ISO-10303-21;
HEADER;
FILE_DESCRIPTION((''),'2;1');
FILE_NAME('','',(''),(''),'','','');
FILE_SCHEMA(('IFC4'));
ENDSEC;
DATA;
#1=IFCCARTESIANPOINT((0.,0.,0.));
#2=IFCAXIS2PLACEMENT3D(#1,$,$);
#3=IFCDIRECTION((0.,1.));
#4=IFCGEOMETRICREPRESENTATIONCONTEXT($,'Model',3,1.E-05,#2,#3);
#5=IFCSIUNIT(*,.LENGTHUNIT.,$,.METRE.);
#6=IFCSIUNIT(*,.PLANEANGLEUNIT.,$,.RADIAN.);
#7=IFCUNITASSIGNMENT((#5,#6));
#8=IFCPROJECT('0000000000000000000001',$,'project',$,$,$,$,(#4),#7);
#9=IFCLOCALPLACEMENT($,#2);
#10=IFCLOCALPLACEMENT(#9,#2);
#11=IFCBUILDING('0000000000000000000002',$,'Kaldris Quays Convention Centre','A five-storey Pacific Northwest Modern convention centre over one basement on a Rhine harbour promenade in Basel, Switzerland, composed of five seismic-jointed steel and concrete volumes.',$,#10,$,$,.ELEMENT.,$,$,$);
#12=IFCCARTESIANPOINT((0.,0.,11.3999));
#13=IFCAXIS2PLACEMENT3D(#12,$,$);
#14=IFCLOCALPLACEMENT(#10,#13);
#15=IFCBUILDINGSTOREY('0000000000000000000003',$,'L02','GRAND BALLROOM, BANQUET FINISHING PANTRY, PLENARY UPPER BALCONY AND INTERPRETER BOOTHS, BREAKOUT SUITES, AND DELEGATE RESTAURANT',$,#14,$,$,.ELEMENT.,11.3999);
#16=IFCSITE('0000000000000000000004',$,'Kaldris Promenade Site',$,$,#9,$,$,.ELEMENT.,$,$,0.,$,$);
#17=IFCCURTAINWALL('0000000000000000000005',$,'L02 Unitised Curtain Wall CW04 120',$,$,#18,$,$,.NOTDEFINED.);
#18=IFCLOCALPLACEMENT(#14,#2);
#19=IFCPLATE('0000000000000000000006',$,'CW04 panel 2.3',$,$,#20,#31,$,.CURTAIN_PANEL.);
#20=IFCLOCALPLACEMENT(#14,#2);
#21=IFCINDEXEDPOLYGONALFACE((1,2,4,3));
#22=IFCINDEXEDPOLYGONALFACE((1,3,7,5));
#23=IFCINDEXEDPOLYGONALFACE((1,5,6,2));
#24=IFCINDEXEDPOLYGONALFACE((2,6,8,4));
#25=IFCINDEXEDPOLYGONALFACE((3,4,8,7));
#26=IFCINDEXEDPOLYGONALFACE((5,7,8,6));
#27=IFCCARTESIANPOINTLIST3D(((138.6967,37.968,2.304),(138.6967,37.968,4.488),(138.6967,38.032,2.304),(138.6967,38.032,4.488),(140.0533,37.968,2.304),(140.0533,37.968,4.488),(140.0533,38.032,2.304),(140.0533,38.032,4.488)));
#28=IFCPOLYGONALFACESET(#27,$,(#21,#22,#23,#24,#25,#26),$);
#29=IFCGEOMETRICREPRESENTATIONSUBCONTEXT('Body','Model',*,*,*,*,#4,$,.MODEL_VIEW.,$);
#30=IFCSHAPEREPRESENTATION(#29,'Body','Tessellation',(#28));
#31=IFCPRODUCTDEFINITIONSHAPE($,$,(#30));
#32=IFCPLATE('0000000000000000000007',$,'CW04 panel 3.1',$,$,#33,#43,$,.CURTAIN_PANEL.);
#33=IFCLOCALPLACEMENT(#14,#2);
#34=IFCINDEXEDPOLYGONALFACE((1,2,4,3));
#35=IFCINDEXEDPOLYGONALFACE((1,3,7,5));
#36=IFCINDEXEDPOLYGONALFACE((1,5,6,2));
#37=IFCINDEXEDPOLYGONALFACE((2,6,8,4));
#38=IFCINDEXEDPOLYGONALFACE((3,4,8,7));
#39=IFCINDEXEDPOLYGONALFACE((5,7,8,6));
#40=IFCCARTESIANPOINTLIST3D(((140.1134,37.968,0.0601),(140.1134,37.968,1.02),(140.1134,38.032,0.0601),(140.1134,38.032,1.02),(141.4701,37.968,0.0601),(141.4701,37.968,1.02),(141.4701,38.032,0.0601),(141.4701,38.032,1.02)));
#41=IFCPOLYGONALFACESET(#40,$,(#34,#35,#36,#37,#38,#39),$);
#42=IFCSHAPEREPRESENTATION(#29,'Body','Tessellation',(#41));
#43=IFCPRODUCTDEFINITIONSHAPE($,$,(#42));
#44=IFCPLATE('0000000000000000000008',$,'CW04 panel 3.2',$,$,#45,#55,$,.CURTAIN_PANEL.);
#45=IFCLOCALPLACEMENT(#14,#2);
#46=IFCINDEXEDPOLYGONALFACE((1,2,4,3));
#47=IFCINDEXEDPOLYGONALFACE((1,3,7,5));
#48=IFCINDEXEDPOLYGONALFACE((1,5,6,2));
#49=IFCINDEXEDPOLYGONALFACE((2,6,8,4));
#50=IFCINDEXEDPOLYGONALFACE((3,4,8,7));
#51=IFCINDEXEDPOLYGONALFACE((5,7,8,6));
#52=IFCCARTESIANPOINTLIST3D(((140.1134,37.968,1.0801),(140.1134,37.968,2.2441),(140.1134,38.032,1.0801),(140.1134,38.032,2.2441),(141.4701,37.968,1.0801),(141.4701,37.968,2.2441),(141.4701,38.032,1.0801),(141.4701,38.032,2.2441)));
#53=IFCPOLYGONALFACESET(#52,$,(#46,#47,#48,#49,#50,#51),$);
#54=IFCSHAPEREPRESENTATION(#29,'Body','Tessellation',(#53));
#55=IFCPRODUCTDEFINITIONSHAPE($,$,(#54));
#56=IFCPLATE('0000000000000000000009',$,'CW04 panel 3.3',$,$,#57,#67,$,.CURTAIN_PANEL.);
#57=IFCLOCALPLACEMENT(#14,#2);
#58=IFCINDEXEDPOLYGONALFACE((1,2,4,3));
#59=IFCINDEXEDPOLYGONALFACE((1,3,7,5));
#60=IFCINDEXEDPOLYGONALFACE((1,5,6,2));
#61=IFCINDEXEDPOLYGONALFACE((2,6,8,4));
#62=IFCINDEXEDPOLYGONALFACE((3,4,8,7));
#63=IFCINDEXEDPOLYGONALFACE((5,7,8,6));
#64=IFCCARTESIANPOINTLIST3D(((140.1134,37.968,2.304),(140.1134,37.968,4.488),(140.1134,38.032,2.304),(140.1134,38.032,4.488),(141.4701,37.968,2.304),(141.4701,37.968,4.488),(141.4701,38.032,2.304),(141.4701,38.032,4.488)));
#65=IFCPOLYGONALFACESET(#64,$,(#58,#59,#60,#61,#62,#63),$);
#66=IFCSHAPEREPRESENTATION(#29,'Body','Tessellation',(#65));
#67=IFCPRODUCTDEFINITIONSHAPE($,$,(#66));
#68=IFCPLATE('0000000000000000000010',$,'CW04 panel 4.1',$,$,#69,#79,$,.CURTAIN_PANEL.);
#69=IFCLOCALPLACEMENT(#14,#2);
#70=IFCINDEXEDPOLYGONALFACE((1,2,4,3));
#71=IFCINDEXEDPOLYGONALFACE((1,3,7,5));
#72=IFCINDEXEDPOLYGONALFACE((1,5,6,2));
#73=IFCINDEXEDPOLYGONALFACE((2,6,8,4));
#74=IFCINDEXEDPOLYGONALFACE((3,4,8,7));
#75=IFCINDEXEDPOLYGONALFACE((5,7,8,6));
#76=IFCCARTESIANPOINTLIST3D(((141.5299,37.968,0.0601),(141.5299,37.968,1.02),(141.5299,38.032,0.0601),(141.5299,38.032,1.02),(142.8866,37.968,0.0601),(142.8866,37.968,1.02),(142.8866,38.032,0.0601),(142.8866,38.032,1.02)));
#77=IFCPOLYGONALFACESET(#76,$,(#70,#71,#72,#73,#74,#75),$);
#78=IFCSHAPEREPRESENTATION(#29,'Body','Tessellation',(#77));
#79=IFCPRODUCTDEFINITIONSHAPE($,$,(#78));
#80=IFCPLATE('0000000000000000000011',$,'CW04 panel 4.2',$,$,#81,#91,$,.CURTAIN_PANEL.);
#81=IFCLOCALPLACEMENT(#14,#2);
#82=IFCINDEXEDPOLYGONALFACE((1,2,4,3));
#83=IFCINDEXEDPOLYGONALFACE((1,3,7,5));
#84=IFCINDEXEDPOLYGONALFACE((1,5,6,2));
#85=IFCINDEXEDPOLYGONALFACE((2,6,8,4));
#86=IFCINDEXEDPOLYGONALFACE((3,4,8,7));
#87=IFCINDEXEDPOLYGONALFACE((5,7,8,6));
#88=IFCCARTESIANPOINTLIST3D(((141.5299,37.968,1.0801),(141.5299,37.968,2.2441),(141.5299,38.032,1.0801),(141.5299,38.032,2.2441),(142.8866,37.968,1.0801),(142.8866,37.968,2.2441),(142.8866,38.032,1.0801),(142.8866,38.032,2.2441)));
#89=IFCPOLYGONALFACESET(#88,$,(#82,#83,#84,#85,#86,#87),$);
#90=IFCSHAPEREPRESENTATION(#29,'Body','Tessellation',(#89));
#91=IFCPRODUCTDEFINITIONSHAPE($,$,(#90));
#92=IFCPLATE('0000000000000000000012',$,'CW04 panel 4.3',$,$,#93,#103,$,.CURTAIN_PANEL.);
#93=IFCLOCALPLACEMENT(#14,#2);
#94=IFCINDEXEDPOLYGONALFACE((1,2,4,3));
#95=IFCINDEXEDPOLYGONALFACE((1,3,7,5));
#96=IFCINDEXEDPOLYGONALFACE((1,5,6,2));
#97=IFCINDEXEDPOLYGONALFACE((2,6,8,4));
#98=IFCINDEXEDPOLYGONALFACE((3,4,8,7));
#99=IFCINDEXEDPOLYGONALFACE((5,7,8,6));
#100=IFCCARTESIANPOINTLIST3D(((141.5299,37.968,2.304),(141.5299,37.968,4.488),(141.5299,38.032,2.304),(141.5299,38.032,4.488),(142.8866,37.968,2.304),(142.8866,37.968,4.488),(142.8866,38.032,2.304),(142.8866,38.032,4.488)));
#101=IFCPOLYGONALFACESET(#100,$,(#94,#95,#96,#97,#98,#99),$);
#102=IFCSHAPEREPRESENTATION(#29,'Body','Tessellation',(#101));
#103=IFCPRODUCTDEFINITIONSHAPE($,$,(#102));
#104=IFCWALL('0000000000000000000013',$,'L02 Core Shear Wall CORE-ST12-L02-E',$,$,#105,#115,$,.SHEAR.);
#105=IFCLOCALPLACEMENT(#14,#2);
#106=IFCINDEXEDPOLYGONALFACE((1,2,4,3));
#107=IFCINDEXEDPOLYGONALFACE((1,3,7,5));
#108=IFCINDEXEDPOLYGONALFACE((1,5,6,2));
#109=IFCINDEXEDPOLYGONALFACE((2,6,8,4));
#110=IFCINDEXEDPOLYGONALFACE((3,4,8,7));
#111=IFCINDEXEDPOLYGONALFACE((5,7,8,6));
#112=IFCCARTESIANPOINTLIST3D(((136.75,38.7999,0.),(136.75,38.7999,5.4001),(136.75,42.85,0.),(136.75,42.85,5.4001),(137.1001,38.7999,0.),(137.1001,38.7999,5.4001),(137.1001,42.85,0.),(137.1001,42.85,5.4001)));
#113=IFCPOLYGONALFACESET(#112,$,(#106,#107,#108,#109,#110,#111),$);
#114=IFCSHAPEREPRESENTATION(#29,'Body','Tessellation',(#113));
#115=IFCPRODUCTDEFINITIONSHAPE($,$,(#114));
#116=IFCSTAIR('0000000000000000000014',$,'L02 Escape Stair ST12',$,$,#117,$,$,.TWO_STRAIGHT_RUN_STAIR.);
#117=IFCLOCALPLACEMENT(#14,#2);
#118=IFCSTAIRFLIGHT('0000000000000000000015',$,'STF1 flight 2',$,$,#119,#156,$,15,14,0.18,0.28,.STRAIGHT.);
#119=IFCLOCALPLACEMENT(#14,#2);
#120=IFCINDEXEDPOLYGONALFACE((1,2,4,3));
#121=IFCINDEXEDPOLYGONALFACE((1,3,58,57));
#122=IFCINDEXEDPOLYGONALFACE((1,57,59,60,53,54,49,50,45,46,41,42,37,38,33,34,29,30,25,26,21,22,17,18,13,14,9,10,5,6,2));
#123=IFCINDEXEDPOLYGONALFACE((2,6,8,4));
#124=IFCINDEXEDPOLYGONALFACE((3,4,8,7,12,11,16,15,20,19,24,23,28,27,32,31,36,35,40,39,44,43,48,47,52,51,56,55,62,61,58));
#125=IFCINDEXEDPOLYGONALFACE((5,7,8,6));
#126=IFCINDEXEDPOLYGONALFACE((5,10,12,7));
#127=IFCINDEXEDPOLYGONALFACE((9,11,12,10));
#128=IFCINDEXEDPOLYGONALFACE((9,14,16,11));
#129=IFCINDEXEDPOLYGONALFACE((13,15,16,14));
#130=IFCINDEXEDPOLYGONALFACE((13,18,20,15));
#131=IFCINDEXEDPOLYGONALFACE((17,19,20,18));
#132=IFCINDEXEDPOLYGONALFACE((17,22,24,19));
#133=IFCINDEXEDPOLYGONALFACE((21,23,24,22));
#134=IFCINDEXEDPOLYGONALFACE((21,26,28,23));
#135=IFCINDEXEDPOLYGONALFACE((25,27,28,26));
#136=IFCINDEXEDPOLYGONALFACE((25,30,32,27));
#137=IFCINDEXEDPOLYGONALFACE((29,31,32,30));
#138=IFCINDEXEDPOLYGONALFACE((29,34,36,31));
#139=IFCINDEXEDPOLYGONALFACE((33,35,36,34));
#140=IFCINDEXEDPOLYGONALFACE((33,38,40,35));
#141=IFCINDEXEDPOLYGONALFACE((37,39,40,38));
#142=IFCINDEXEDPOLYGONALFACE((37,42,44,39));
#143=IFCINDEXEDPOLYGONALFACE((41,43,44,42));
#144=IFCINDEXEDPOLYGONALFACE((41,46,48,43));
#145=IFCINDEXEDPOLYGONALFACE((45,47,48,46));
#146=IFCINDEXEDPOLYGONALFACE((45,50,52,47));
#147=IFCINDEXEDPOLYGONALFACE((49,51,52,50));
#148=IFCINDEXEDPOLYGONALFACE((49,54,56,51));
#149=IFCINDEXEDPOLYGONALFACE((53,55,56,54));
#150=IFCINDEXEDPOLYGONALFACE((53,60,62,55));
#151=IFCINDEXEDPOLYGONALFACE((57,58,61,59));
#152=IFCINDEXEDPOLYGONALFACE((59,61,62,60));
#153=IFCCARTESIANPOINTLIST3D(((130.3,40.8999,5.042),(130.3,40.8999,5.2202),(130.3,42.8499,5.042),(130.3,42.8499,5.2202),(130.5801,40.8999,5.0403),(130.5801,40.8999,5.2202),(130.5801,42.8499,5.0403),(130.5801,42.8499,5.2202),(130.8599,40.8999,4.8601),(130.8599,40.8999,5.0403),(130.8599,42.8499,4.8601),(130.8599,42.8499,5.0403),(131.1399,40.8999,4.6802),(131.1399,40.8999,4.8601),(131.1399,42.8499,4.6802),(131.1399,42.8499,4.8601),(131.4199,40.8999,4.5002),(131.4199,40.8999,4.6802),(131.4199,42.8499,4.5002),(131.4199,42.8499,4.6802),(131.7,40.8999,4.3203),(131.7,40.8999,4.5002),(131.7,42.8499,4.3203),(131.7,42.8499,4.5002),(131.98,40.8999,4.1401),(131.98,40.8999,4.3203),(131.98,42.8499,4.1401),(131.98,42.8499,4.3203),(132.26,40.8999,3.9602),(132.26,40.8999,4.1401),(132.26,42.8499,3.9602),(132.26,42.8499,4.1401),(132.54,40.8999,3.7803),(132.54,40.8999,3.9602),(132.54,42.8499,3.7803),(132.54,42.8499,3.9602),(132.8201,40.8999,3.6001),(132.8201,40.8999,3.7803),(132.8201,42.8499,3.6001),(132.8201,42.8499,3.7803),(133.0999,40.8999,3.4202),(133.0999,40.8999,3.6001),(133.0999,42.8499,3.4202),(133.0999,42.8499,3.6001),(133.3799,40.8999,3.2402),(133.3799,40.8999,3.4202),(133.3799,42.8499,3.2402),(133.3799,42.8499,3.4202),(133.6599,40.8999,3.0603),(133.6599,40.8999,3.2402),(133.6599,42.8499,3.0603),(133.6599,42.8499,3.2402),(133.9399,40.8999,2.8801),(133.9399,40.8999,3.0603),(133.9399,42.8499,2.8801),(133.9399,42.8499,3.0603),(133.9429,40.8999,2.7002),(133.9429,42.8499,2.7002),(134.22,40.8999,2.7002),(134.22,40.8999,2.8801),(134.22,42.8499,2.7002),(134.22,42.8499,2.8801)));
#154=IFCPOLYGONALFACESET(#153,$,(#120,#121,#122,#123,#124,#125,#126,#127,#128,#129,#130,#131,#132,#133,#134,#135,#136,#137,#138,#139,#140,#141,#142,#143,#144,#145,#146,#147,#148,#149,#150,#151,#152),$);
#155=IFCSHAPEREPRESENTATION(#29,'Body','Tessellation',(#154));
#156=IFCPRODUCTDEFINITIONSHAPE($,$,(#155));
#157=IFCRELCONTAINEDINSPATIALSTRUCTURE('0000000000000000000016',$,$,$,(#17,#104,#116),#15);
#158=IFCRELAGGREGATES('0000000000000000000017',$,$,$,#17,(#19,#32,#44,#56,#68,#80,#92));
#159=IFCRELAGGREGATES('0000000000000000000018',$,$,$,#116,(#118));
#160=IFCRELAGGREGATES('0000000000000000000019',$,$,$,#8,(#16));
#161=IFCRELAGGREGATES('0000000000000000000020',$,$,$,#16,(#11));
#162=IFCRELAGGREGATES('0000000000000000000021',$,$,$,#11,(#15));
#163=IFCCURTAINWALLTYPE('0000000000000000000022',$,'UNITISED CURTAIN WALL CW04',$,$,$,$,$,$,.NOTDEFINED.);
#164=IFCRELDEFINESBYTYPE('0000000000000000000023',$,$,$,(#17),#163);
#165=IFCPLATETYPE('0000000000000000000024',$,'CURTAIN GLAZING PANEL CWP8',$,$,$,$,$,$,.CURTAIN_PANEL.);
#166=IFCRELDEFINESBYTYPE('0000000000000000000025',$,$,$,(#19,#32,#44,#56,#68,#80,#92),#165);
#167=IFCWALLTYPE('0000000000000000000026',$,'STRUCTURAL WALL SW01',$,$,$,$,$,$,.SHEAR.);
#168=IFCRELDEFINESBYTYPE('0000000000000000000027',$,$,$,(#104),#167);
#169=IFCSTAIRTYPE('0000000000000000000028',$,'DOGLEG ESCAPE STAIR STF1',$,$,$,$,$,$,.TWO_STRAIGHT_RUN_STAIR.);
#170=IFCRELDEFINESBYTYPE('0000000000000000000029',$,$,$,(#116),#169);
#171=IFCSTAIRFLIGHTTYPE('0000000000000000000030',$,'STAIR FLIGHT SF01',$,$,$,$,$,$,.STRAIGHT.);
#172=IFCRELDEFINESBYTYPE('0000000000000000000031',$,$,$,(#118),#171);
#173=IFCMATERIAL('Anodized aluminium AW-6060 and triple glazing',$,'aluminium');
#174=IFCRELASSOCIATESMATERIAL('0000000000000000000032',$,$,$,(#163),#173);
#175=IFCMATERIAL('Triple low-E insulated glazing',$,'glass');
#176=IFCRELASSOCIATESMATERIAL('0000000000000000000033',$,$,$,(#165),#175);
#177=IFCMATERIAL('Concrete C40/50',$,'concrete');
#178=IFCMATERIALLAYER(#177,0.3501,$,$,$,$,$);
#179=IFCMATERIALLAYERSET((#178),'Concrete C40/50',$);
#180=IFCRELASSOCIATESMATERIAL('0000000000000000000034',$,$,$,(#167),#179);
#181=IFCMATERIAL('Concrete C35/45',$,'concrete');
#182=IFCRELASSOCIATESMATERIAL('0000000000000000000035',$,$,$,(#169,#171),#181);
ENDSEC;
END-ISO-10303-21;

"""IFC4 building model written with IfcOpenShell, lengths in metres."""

from ifc_helpers import new_model, si_unit, direction, frame, frame_2d, origin, origin_2d, place, context, subcontext, project, spatial, polyline, rectangle, outline, extrude, material, layer, layer_set, type_object, element, aggregate, save


model = new_model("IFC4")

# Units and contexts
model_context = context("Model", 3, precision=1e-05, world=origin(), true_north=direction((0.0, 1.0)))
body_context = subcontext(model_context, "Body", "Model", "MODEL_VIEW")
ifc_project = project(units=[si_unit("LENGTHUNIT", "METRE"), si_unit("PLANEANGLEUNIT", "RADIAN")], contexts=[model_context])

# Site, building, storey
site_placement = place(None, origin())
site = spatial("IfcSite", under=ifc_project, at=site_placement, Name="Kaldris Promenade Site", CompositionType="ELEMENT", RefElevation=0.0)
building_placement = place(site_placement, origin())
building = spatial("IfcBuilding", under=site, at=building_placement, Name="Kaldris Quays Convention Centre", Description="A five-storey Pacific Northwest Modern convention centre over one basement on a Rhine harbour promenade in Basel, Switzerland, composed of five seismic-jointed steel and concrete volumes.", CompositionType="ELEMENT")
storey_placement = place(building_placement, frame((0.0, 0.0, 11.3999)))
storey = spatial("IfcBuildingStorey", under=building, at=storey_placement, Name="L02", Description="GRAND BALLROOM, BANQUET FINISHING PANTRY, PLENARY UPPER BALCONY AND INTERPRETER BOOTHS, BREAKOUT SUITES, AND DELEGATE RESTAURANT", CompositionType="ELEMENT", Elevation=11.3999)

# Curtain wall, plates
ifc_material_1 = material(Name="Anodized aluminium AW-6060 and triple glazing", Category="aluminium")
curtain_wall_type = type_object("IfcCurtainWallType", Name="UNITISED CURTAIN WALL CW04", PredefinedType="NOTDEFINED", material=ifc_material_1)
curtain_wall_placement = place(storey_placement, origin())
curtain_wall = element("IfcCurtainWall", 1, at=curtain_wall_placement, inside=storey, type_object=curtain_wall_type, Name="L02 Unitised Curtain Wall CW04 120", PredefinedType="NOTDEFINED")
ifc_material_2 = material(Name="Triple low-E insulated glazing", Category="glass")
plate_type = type_object("IfcPlateType", Name="CURTAIN GLAZING PANEL CWP8", PredefinedType="CURTAIN_PANEL", material=ifc_material_2)
plate_1_placement = place(storey_placement, frame((139.375, 38.0, 2.304), z_axis=(0.0, 0.0, 1.0), x_axis=(1.0, 0.0, 0.0)))
plate_1 = element("IfcPlate", 2, at=plate_1_placement, type_object=plate_type, Name="CW04 panel 2.3", PredefinedType="CURTAIN_PANEL", context=body_context, shape_type="SweptSolid", body=[
    extrude(rectangle(XDim=1.3567, YDim=0.064, at=origin_2d()), origin(), (0.0, 0.0, 1.0), 2.1841),
])
plate_2_placement = place(storey_placement, frame((140.7917, 38.0, 0.0601), z_axis=(0.0, 0.0, 1.0), x_axis=(1.0, 0.0, 0.0)))
plate_2 = element("IfcPlate", 3, at=plate_2_placement, type_object=plate_type, Name="CW04 panel 3.1", PredefinedType="CURTAIN_PANEL", context=body_context, shape_type="SweptSolid", body=[
    extrude(rectangle(XDim=1.3567, YDim=0.064, at=origin_2d()), origin(), (0.0, 0.0, 1.0), 0.96),
])
plate_3_placement = place(storey_placement, frame((140.7917, 38.0, 1.0801), z_axis=(0.0, 0.0, 1.0), x_axis=(1.0, 0.0, 0.0)))
plate_3 = element("IfcPlate", 4, at=plate_3_placement, type_object=plate_type, Name="CW04 panel 3.2", PredefinedType="CURTAIN_PANEL", context=body_context, shape_type="SweptSolid", body=[
    extrude(rectangle(XDim=1.3567, YDim=0.064, at=origin_2d()), origin(), (0.0, 0.0, 1.0), 1.1641),
])
plate_4_placement = place(storey_placement, frame((140.7917, 38.0, 2.304), z_axis=(0.0, 0.0, 1.0), x_axis=(1.0, 0.0, 0.0)))
plate_4 = element("IfcPlate", 5, at=plate_4_placement, type_object=plate_type, Name="CW04 panel 3.3", PredefinedType="CURTAIN_PANEL", context=body_context, shape_type="SweptSolid", body=[
    extrude(rectangle(XDim=1.3567, YDim=0.064, at=origin_2d()), origin(), (0.0, 0.0, 1.0), 2.1841),
])
plate_5_placement = place(storey_placement, frame((142.2083, 38.0, 0.0601), z_axis=(0.0, 0.0, 1.0), x_axis=(1.0, 0.0, 0.0)))
plate_5 = element("IfcPlate", 6, at=plate_5_placement, type_object=plate_type, Name="CW04 panel 4.1", PredefinedType="CURTAIN_PANEL", context=body_context, shape_type="SweptSolid", body=[
    extrude(rectangle(XDim=1.3567, YDim=0.064, at=origin_2d()), origin(), (0.0, 0.0, 1.0), 0.96),
])
plate_6_placement = place(storey_placement, frame((142.2083, 38.0, 1.0801), z_axis=(0.0, 0.0, 1.0), x_axis=(1.0, 0.0, 0.0)))
plate_6 = element("IfcPlate", 7, at=plate_6_placement, type_object=plate_type, Name="CW04 panel 4.2", PredefinedType="CURTAIN_PANEL", context=body_context, shape_type="SweptSolid", body=[
    extrude(rectangle(XDim=1.3567, YDim=0.064, at=origin_2d()), origin(), (0.0, 0.0, 1.0), 1.1641),
])
plate_7_placement = place(storey_placement, frame((142.2083, 38.0, 2.304), z_axis=(0.0, 0.0, 1.0), x_axis=(1.0, 0.0, 0.0)))
plate_7 = element("IfcPlate", 8, at=plate_7_placement, type_object=plate_type, Name="CW04 panel 4.3", PredefinedType="CURTAIN_PANEL", context=body_context, shape_type="SweptSolid", body=[
    extrude(rectangle(XDim=1.3567, YDim=0.064, at=origin_2d()), origin(), (0.0, 0.0, 1.0), 2.1841),
])
aggregate(curtain_wall, [plate_1, plate_2, plate_3, plate_4, plate_5, plate_6, plate_7])

# Wall
ifc_material_3 = material(Name="Concrete C40/50", Category="concrete")
ifc_layer = layer(ifc_material_3, 0.3501)
ifc_layer_set = layer_set([ifc_layer], Name="Concrete C40/50")
wall_type = type_object("IfcWallType", Name="STRUCTURAL WALL SW01", PredefinedType="SHEAR", material=ifc_layer_set)
wall_placement = place(storey_placement, frame((136.925, 38.8, 0.0), z_axis=(0.0, 0.0, 1.0), x_axis=(0.0, 1.0, 0.0)))
element("IfcWall", 9, at=wall_placement, inside=storey, type_object=wall_type, Name="L02 Core Shear Wall CORE-ST12-L02-E", PredefinedType="SHEAR", context=body_context, shape_type="SweptSolid", body=[
    extrude(rectangle(XDim=4.05, YDim=0.3501, at=frame_2d((2.0249, 0.0))), origin(), (0.0, 0.0, 1.0), 5.4001),
])

# Stair, stair flight
ifc_material_4 = material(Name="Concrete C35/45", Category="concrete")
stair_type = type_object("IfcStairType", Name="DOGLEG ESCAPE STAIR STF1", PredefinedType="TWO_STRAIGHT_RUN_STAIR", material=ifc_material_4)
stair_placement = place(storey_placement, origin())
stair = element("IfcStair", 10, at=stair_placement, inside=storey, type_object=stair_type, Name="L02 Escape Stair ST12", PredefinedType="TWO_STRAIGHT_RUN_STAIR")
stair_flight_type = type_object("IfcStairFlightType", Name="STAIR FLIGHT SF01", PredefinedType="STRAIGHT", material=ifc_material_4)
stair_flight_placement = place(storey_placement, frame((134.22, 41.875, 2.7002), z_axis=(0.0, 0.0, 1.0), x_axis=(-1.0, 0.0, 0.0)))
stair_flight = element("IfcStairFlight", 11, at=stair_flight_placement, type_object=stair_flight_type, Name="STF1 flight 2", NumberOfRisers=15, NumberOfTreads=14, PredefinedType="STRAIGHT", RiserHeight=0.18, TreadLength=0.28, context=body_context, shape_type="SweptSolid", body=[
    extrude(outline(polyline([(0.0, 0.0), (0.0, 0.1799), (0.28, 0.1799), (0.28, 0.3601), (0.5601, 0.3601), (0.5601, 0.54), (0.8401, 0.54), (0.8401, 0.72), (1.1201, 0.72), (1.1201, 0.8999), (1.3999, 0.8999), (1.3999, 1.0801), (1.6799, 1.0801), (1.6799, 1.26), (1.96, 1.26), (1.96, 1.4399), (2.24, 1.4399), (2.24, 1.6201), (2.52, 1.6201), (2.52, 1.8), (2.8, 1.8), (2.8, 1.98), (3.0801, 1.98), (3.0801, 2.1599), (3.3601, 2.1599), (3.3601, 2.3401), (3.6399, 2.3401), (3.6399, 2.52), (3.9199, 2.52), (3.9199, 2.7), (3.9199, 2.3418), (0.2771, 0.0), (0.0, 0.0)])), frame((0.0, 0.9751, 0.0), z_axis=(0.0, -1.0, 0.0), x_axis=(1.0, 0.0, 0.0)), (0.0, 0.0, 1.0), 1.95),
])
aggregate(stair, [stair_flight])

save(model, "model.ifc")
